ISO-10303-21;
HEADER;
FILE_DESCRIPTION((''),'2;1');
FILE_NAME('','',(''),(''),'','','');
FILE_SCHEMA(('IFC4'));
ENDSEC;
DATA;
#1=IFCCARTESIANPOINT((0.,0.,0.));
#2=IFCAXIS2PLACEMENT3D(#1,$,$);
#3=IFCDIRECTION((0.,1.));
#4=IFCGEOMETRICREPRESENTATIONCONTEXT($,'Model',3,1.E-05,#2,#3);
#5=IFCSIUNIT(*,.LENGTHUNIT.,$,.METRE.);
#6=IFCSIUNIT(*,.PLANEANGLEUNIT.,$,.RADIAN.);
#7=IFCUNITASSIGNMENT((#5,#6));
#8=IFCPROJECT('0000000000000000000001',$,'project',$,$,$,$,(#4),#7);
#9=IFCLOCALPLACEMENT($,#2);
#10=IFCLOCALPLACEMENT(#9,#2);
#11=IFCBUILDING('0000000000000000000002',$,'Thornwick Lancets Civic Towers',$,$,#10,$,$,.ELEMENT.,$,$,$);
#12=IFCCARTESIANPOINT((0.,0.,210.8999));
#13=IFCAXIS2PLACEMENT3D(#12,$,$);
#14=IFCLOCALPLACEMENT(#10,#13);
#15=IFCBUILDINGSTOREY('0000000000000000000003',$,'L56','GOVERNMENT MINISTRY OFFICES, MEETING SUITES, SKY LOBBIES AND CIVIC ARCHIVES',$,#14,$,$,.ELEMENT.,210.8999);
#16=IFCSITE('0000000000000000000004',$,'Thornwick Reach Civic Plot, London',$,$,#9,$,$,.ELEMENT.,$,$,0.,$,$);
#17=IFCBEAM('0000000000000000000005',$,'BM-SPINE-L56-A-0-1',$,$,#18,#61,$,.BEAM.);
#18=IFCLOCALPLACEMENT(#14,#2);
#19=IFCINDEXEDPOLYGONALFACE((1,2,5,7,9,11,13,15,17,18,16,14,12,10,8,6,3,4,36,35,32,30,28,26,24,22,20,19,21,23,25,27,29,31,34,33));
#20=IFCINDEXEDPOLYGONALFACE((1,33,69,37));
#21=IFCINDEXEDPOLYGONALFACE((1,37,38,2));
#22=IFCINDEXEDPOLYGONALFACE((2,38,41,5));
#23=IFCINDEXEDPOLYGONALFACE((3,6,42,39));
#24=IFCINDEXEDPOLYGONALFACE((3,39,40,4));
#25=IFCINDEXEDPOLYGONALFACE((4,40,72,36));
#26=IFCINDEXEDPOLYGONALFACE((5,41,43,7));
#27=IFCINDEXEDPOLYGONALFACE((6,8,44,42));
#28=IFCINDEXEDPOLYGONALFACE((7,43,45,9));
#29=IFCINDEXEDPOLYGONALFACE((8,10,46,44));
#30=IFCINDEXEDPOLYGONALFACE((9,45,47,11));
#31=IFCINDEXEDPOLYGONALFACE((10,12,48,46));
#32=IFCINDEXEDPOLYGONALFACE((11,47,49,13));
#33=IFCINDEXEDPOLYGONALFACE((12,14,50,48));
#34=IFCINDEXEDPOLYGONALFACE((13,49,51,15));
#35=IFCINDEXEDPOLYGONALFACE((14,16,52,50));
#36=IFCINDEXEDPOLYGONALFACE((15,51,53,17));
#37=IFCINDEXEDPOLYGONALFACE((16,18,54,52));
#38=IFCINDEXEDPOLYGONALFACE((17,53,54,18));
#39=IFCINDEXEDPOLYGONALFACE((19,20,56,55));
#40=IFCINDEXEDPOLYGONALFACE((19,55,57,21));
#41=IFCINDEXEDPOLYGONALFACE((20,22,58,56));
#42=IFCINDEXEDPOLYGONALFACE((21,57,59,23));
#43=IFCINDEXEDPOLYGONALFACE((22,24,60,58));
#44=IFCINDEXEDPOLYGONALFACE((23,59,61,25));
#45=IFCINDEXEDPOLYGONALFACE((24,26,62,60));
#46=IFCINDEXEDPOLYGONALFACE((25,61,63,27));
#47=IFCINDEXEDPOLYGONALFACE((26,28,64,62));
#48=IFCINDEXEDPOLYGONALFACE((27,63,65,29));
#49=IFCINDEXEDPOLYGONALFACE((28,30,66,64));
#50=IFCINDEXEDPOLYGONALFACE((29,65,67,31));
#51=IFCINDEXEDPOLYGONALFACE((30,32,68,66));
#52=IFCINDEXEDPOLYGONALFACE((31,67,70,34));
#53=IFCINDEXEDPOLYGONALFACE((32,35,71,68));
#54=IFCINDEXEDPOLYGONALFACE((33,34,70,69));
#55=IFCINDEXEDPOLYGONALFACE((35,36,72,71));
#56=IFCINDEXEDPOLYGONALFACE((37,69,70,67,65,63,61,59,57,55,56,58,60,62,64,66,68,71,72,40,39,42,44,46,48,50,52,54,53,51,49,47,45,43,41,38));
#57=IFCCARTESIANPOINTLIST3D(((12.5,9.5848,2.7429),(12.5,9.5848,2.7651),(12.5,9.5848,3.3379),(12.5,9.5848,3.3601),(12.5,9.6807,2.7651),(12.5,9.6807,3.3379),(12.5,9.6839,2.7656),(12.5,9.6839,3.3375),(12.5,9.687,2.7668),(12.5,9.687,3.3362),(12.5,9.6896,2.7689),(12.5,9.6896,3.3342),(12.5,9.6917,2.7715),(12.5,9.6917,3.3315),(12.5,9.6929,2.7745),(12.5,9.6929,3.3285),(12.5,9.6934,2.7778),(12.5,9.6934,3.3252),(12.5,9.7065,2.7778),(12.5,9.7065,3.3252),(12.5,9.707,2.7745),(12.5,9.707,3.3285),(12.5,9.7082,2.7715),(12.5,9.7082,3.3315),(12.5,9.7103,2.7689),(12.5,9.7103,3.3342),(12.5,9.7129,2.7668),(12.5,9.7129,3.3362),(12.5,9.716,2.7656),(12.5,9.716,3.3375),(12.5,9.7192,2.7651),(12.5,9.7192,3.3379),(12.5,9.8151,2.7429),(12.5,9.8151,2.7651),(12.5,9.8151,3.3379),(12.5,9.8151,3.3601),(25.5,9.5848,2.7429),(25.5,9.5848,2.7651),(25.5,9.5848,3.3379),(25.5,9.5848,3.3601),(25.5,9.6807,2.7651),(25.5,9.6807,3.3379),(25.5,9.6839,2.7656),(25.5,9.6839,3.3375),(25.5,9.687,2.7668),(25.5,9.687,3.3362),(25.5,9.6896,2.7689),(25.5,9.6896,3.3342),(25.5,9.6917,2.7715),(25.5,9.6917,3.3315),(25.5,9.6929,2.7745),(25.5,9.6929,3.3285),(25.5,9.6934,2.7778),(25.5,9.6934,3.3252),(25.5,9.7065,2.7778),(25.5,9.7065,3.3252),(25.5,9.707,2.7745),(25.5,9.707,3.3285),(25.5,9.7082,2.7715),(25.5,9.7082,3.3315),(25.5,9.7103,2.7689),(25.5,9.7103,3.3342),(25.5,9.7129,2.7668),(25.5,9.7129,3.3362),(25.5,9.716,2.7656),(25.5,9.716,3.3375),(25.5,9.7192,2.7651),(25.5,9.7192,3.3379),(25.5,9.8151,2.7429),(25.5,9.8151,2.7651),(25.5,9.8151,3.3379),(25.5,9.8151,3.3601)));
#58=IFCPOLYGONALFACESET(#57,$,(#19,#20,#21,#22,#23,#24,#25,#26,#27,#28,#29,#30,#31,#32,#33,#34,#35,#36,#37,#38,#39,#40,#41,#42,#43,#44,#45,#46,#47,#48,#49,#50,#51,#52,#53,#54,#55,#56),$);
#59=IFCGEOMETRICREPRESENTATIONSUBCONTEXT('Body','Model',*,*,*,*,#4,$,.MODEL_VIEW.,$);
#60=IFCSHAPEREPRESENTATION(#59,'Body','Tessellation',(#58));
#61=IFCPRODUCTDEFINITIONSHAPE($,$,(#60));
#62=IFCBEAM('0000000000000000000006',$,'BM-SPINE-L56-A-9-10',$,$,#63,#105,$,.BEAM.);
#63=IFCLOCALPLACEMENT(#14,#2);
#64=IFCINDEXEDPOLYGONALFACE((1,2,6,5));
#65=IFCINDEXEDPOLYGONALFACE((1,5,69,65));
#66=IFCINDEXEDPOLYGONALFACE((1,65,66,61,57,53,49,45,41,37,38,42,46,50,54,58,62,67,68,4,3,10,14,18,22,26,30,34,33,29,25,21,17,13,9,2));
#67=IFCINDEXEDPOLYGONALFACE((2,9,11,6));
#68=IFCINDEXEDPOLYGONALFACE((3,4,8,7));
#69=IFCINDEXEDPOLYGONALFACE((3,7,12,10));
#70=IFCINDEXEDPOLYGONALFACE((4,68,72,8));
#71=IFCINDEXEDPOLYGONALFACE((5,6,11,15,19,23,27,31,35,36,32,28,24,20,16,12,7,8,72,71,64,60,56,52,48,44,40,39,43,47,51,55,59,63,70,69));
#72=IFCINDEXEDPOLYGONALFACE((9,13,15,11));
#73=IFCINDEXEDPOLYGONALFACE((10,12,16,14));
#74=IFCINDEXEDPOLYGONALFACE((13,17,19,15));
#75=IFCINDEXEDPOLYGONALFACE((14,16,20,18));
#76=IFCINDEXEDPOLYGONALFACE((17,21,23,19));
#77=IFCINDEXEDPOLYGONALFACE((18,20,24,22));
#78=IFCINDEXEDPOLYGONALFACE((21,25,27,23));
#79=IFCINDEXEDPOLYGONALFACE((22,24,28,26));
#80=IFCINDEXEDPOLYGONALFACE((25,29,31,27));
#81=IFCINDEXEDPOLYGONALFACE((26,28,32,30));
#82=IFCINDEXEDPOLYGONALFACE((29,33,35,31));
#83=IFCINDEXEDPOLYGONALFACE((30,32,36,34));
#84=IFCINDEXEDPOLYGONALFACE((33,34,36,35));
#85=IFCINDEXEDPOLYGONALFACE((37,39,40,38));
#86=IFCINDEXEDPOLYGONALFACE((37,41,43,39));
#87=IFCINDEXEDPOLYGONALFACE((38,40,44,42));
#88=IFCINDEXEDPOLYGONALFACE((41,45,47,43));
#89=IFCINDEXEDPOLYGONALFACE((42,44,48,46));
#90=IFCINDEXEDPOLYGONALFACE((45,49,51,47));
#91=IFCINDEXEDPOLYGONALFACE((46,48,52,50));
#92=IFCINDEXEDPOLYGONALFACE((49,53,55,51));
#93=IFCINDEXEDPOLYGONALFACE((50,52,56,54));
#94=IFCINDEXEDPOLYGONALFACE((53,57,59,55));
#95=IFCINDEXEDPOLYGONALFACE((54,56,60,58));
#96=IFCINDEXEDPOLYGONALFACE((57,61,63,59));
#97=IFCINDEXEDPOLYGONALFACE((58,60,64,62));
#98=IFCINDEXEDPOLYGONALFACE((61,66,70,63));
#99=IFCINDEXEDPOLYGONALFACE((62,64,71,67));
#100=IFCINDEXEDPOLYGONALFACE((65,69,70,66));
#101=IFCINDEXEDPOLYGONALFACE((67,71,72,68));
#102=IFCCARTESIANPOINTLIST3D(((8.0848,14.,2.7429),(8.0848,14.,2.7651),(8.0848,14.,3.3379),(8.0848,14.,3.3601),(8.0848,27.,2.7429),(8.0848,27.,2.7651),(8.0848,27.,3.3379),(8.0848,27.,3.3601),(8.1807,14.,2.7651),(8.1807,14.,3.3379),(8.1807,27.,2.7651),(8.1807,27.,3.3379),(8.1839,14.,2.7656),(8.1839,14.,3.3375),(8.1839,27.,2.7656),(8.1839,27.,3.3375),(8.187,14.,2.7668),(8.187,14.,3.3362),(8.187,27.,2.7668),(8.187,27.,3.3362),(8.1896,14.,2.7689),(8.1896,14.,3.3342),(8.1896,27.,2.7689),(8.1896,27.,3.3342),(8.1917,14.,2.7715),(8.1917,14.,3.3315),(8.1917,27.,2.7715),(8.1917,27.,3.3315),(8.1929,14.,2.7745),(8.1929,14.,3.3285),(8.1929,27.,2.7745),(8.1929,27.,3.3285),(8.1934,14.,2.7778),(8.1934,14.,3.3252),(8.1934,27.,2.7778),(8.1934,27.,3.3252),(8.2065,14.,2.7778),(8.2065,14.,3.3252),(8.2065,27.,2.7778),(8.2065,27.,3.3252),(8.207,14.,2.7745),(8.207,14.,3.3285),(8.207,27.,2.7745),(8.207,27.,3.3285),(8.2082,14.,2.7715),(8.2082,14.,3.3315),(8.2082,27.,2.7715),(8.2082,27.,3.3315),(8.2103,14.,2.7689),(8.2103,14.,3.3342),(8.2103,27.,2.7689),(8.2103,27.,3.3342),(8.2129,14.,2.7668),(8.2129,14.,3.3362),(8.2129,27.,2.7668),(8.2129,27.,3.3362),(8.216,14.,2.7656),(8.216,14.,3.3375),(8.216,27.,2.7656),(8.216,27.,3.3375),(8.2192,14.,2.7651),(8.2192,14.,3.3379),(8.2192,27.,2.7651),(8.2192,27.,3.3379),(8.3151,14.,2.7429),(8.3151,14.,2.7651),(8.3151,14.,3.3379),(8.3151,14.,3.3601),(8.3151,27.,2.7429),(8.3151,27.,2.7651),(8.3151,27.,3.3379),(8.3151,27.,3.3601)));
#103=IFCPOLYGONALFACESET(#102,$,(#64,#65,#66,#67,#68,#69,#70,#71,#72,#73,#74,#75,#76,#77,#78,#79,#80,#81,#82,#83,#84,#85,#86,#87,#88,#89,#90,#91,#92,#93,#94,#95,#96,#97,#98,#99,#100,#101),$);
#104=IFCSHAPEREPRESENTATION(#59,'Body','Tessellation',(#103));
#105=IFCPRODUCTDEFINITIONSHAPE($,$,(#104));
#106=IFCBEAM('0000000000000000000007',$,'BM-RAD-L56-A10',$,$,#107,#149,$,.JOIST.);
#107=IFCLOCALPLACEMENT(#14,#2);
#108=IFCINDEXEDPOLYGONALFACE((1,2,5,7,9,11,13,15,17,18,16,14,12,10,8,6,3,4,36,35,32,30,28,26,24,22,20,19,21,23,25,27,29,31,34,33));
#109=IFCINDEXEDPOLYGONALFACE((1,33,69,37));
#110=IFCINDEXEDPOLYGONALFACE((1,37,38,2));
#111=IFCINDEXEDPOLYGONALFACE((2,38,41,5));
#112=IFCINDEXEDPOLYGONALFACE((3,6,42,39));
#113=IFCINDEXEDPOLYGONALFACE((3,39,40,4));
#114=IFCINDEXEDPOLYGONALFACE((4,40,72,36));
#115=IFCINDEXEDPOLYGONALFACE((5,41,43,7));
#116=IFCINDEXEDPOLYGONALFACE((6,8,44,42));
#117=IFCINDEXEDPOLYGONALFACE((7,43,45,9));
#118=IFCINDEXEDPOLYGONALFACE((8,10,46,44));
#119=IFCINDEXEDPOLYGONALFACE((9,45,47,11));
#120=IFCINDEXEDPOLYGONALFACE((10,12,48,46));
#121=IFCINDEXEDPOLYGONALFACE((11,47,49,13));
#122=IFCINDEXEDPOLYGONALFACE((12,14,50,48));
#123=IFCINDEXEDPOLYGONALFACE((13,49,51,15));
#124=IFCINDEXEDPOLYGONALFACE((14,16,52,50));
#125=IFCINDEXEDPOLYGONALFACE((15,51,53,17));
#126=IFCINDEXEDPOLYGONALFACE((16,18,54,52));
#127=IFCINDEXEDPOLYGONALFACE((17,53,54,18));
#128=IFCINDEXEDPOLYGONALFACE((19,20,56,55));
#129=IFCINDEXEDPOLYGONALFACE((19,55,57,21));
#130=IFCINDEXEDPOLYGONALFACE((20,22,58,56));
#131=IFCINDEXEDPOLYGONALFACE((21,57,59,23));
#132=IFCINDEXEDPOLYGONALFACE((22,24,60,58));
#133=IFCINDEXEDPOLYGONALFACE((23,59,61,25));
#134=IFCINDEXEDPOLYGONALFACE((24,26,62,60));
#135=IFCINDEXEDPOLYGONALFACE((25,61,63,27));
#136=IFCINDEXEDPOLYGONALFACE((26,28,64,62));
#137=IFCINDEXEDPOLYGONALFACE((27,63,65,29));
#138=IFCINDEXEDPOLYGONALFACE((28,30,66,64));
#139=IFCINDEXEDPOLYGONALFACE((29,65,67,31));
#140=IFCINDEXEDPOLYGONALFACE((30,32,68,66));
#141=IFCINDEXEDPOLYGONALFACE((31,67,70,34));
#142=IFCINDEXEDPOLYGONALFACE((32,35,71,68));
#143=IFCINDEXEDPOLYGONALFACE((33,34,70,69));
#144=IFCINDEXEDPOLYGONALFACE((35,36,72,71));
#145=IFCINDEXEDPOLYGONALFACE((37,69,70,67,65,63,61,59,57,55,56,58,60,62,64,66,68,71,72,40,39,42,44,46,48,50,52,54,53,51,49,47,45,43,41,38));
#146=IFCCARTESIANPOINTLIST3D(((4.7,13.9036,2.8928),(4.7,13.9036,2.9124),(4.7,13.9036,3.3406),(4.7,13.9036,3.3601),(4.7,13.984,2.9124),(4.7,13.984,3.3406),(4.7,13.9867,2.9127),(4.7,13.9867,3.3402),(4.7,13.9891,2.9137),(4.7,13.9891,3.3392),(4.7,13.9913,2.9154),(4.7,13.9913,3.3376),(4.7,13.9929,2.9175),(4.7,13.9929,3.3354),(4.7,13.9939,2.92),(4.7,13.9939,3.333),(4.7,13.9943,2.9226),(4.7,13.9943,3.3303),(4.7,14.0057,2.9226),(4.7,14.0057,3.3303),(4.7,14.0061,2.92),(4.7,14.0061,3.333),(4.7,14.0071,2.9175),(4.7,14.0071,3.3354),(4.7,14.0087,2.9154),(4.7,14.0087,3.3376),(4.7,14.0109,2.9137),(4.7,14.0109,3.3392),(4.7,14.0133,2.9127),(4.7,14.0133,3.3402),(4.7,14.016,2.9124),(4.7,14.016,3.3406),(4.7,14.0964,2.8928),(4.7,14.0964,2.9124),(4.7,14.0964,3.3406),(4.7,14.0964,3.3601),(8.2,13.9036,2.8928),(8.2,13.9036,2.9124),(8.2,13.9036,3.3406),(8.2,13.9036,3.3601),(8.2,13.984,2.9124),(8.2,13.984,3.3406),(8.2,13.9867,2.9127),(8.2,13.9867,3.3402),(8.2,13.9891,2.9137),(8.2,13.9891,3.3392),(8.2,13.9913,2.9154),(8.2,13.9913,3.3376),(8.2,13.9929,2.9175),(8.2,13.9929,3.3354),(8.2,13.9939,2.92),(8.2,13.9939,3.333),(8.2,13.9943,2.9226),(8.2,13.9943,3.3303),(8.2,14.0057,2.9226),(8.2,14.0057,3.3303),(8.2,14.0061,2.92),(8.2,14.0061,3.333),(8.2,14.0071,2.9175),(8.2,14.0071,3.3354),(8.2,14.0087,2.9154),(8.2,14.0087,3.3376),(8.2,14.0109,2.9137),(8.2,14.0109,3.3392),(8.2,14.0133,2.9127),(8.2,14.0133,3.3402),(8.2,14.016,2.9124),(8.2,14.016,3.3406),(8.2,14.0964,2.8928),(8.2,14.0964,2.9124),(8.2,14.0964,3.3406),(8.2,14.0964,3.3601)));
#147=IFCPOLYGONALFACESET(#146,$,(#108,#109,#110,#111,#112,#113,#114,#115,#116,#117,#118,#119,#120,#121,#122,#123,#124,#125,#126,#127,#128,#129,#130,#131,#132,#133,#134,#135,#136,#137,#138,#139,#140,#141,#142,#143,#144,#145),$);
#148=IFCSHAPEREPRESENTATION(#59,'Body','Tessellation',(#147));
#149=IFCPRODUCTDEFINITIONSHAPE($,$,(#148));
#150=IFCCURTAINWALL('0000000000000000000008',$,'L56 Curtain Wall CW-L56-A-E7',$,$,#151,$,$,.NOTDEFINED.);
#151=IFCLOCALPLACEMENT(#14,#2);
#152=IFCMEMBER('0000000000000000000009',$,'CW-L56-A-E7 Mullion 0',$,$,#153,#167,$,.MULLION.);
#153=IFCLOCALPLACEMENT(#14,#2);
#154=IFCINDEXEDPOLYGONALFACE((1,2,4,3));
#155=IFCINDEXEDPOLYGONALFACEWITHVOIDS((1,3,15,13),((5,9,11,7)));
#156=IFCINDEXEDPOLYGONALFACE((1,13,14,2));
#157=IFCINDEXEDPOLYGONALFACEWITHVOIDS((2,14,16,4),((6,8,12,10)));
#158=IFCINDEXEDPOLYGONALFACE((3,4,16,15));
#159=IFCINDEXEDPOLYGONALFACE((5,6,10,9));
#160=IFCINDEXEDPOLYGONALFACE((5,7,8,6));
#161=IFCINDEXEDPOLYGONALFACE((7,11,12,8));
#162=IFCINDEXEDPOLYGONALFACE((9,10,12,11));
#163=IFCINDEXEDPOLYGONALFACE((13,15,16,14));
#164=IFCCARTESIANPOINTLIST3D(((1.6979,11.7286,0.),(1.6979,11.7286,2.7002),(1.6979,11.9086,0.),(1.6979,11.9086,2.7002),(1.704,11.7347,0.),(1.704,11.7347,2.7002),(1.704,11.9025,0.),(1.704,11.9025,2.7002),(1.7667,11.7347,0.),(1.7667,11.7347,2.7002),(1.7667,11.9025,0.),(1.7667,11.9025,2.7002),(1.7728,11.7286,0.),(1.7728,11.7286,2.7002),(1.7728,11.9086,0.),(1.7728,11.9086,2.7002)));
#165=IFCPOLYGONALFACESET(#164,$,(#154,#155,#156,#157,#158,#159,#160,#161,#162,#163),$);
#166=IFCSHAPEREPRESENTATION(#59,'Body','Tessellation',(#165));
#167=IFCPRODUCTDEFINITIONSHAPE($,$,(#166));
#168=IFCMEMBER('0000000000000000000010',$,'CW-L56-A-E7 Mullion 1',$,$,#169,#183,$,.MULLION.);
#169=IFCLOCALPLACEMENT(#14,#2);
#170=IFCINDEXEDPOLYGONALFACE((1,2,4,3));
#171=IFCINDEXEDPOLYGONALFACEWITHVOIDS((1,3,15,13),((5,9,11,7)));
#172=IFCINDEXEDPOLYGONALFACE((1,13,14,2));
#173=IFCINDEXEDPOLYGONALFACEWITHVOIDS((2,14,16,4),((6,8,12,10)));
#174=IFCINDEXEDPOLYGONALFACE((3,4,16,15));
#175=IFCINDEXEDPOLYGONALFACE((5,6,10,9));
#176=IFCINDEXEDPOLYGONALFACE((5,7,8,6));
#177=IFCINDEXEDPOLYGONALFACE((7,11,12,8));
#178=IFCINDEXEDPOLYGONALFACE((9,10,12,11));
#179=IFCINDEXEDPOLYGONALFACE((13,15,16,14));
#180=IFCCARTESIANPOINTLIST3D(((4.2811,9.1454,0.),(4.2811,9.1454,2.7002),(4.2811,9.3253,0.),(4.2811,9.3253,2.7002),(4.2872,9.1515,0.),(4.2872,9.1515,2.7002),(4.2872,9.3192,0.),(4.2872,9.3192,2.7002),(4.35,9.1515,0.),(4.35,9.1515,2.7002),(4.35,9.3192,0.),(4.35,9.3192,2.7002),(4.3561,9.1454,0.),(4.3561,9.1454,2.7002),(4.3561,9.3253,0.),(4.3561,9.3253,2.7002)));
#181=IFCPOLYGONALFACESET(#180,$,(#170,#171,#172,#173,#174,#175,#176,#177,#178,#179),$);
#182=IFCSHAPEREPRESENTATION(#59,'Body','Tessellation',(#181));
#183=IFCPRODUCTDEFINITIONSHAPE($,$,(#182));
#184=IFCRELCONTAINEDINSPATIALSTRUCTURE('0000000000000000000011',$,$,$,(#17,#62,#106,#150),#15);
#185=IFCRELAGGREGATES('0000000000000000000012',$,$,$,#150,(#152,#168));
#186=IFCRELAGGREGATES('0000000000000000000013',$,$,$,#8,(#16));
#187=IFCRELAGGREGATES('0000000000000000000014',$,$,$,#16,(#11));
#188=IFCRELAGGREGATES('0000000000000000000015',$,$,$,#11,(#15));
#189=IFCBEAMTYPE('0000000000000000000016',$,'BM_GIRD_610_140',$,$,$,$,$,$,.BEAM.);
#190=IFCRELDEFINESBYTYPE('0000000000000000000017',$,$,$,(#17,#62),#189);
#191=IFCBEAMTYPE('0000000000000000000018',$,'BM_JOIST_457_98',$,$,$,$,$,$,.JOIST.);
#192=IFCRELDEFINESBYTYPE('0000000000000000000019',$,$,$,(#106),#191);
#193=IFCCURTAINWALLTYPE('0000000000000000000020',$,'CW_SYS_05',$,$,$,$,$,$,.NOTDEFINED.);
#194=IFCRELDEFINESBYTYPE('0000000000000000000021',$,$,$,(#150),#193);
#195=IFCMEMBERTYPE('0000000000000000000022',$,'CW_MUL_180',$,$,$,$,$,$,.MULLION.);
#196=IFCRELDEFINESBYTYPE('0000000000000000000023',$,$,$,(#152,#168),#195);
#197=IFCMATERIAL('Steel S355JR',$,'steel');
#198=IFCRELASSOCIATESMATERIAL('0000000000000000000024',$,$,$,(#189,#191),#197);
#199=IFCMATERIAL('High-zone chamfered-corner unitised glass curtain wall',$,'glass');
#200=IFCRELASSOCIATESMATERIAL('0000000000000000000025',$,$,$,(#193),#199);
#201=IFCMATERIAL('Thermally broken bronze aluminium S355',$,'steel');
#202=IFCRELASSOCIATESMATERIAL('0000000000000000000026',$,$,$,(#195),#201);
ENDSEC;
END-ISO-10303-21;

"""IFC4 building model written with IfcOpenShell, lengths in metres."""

from ifc_helpers import new_model, si_unit, direction, frame, origin, origin_2d, place, context, subcontext, project, spatial, hollow_rectangle, i_section, extrude, material, material_profile, profile_set, type_object, element, aggregate, save


model = new_model("IFC4")

# Units and contexts
model_context = context("Model", 3, precision=1e-05, world=origin(), true_north=direction((0.0, 1.0)))
body_context = subcontext(model_context, "Body", "Model", "MODEL_VIEW")
ifc_project = project(units=[si_unit("LENGTHUNIT", "METRE"), si_unit("PLANEANGLEUNIT", "RADIAN")], contexts=[model_context])

# Site, building, storey
site_placement = place(None, origin())
site = spatial("IfcSite", under=ifc_project, at=site_placement, Name="Thornwick Reach Civic Plot, London", CompositionType="ELEMENT", RefElevation=0.0)
building_placement = place(site_placement, origin())
building = spatial("IfcBuilding", under=site, at=building_placement, Name="Thornwick Lancets Civic Towers", CompositionType="ELEMENT")
storey_placement = place(building_placement, frame((0.0, 0.0, 210.8999)))
storey = spatial("IfcBuildingStorey", under=building, at=storey_placement, Name="L56", Description="GOVERNMENT MINISTRY OFFICES, MEETING SUITES, SKY LOBBIES AND CIVIC ARCHIVES", CompositionType="ELEMENT", Elevation=210.8999)

# Shared definitions
ifc_material_1 = material(Name="Steel S355JR", Category="steel")

# Beams
ifc_material_profile_1 = material_profile(ifc_material_1, i_section(OverallWidth=0.2302, OverallDepth=0.6172, WebThickness=0.0132, FlangeThickness=0.0222, FilletRadius=0.0127, at=origin_2d()), Name="UKB 610x229x140")
ifc_profile_set_1 = profile_set([ifc_material_profile_1], Name="Steel S355JR")
beam_type_1 = type_object("IfcBeamType", Name="BM_GIRD_610_140", PredefinedType="BEAM", material=ifc_profile_set_1)
for number, where, z_axis, x_axis, name in (
    (1, (12.5, 9.7, 3.0515), (1.0, 0.0, 0.0), (0.0, 1.0, 0.0), "BM-SPINE-L56-A-0-1"),
    (2, (8.2, 14.0, 3.0515), (0.0, 1.0, 0.0), (-1.0, 0.0, 0.0), "BM-SPINE-L56-A-9-10"),
):
    element("IfcBeam", number, at=place(storey_placement, frame(where, z_axis=z_axis, x_axis=x_axis)), inside=storey, type_object=beam_type_1, Name=name, PredefinedType="BEAM", context=body_context, shape_type="SweptSolid", body=[
        extrude(i_section(OverallWidth=0.2302, OverallDepth=0.6172, WebThickness=0.0132, FlangeThickness=0.0222, FilletRadius=0.0127, at=origin_2d()), origin(), (0.0, 0.0, 1.0), 13.0),
    ])
ifc_material_profile_2 = material_profile(ifc_material_1, i_section(OverallWidth=0.1929, OverallDepth=0.4673, WebThickness=0.0115, FlangeThickness=0.0195, FilletRadius=0.0103, at=origin_2d()), Name="UKB 457x191x98")
ifc_profile_set_2 = profile_set([ifc_material_profile_2], Name="Steel S355JR")
beam_type_2 = type_object("IfcBeamType", Name="BM_JOIST_457_98", PredefinedType="JOIST", material=ifc_profile_set_2)
beam_1_placement = place(storey_placement, frame((8.2, 14.0, 3.1265), z_axis=(-1.0, 0.0, 0.0), x_axis=(0.0, -1.0, 0.0)))
element("IfcBeam", 3, at=beam_1_placement, inside=storey, type_object=beam_type_2, Name="BM-RAD-L56-A10", PredefinedType="JOIST", context=body_context, shape_type="SweptSolid", body=[
    extrude(i_section(OverallWidth=0.1929, OverallDepth=0.4673, WebThickness=0.0115, FlangeThickness=0.0195, FilletRadius=0.0103, at=origin_2d()), origin(), (0.0, 0.0, 1.0), 3.5),
])

# Curtain wall, members
ifc_material_2 = material(Name="High-zone chamfered-corner unitised glass curtain wall", Category="glass")
curtain_wall_type = type_object("IfcCurtainWallType", Name="CW_SYS_05", PredefinedType="NOTDEFINED", material=ifc_material_2)
curtain_wall_placement = place(storey_placement, origin())
curtain_wall = element("IfcCurtainWall", 4, at=curtain_wall_placement, inside=storey, type_object=curtain_wall_type, Name="L56 Curtain Wall CW-L56-A-E7", PredefinedType="NOTDEFINED")
ifc_material_3 = material(Name="Thermally broken bronze aluminium S355", Category="steel")
ifc_material_profile_3 = material_profile(ifc_material_3, hollow_rectangle(XDim=0.075, YDim=0.1799, WallThickness=0.0061, at=origin_2d()), Name="RHS 180x75x6")
ifc_profile_set_3 = profile_set([ifc_material_profile_3], Name="Thermally broken bronze aluminium S355")
member_type_1 = type_object("IfcMemberType", Name="CW_MUL_180", PredefinedType="MULLION", material=ifc_profile_set_3)
member_1_placement = place(storey_placement, frame((1.7354, 11.8186, 0.0), z_axis=(0.0, 0.0, 1.0), x_axis=(1.0, 0.0, 0.0)))
member_1 = element("IfcMember", 5, at=member_1_placement, type_object=member_type_1, Name="CW-L56-A-E7 Mullion 0", PredefinedType="MULLION", context=body_context, shape_type="SweptSolid", body=[
    extrude(hollow_rectangle(XDim=0.075, YDim=0.1799, WallThickness=0.0061, at=origin_2d()), origin(), (0.0, 0.0, 1.0), 2.7002),
])
member_2_placement = place(storey_placement, frame((4.3186, 9.2354, 0.0), z_axis=(0.0, 0.0, 1.0), x_axis=(1.0, 0.0, 0.0)))
member_2 = element("IfcMember", 6, at=member_2_placement, type_object=member_type_1, Name="CW-L56-A-E7 Mullion 1", PredefinedType="MULLION", context=body_context, shape_type="SweptSolid", body=[
    extrude(hollow_rectangle(XDim=0.075, YDim=0.1799, WallThickness=0.0061, at=origin_2d()), origin(), (0.0, 0.0, 1.0), 2.7002),
])
aggregate(curtain_wall, [member_1, member_2])

save(model, "model.ifc")
